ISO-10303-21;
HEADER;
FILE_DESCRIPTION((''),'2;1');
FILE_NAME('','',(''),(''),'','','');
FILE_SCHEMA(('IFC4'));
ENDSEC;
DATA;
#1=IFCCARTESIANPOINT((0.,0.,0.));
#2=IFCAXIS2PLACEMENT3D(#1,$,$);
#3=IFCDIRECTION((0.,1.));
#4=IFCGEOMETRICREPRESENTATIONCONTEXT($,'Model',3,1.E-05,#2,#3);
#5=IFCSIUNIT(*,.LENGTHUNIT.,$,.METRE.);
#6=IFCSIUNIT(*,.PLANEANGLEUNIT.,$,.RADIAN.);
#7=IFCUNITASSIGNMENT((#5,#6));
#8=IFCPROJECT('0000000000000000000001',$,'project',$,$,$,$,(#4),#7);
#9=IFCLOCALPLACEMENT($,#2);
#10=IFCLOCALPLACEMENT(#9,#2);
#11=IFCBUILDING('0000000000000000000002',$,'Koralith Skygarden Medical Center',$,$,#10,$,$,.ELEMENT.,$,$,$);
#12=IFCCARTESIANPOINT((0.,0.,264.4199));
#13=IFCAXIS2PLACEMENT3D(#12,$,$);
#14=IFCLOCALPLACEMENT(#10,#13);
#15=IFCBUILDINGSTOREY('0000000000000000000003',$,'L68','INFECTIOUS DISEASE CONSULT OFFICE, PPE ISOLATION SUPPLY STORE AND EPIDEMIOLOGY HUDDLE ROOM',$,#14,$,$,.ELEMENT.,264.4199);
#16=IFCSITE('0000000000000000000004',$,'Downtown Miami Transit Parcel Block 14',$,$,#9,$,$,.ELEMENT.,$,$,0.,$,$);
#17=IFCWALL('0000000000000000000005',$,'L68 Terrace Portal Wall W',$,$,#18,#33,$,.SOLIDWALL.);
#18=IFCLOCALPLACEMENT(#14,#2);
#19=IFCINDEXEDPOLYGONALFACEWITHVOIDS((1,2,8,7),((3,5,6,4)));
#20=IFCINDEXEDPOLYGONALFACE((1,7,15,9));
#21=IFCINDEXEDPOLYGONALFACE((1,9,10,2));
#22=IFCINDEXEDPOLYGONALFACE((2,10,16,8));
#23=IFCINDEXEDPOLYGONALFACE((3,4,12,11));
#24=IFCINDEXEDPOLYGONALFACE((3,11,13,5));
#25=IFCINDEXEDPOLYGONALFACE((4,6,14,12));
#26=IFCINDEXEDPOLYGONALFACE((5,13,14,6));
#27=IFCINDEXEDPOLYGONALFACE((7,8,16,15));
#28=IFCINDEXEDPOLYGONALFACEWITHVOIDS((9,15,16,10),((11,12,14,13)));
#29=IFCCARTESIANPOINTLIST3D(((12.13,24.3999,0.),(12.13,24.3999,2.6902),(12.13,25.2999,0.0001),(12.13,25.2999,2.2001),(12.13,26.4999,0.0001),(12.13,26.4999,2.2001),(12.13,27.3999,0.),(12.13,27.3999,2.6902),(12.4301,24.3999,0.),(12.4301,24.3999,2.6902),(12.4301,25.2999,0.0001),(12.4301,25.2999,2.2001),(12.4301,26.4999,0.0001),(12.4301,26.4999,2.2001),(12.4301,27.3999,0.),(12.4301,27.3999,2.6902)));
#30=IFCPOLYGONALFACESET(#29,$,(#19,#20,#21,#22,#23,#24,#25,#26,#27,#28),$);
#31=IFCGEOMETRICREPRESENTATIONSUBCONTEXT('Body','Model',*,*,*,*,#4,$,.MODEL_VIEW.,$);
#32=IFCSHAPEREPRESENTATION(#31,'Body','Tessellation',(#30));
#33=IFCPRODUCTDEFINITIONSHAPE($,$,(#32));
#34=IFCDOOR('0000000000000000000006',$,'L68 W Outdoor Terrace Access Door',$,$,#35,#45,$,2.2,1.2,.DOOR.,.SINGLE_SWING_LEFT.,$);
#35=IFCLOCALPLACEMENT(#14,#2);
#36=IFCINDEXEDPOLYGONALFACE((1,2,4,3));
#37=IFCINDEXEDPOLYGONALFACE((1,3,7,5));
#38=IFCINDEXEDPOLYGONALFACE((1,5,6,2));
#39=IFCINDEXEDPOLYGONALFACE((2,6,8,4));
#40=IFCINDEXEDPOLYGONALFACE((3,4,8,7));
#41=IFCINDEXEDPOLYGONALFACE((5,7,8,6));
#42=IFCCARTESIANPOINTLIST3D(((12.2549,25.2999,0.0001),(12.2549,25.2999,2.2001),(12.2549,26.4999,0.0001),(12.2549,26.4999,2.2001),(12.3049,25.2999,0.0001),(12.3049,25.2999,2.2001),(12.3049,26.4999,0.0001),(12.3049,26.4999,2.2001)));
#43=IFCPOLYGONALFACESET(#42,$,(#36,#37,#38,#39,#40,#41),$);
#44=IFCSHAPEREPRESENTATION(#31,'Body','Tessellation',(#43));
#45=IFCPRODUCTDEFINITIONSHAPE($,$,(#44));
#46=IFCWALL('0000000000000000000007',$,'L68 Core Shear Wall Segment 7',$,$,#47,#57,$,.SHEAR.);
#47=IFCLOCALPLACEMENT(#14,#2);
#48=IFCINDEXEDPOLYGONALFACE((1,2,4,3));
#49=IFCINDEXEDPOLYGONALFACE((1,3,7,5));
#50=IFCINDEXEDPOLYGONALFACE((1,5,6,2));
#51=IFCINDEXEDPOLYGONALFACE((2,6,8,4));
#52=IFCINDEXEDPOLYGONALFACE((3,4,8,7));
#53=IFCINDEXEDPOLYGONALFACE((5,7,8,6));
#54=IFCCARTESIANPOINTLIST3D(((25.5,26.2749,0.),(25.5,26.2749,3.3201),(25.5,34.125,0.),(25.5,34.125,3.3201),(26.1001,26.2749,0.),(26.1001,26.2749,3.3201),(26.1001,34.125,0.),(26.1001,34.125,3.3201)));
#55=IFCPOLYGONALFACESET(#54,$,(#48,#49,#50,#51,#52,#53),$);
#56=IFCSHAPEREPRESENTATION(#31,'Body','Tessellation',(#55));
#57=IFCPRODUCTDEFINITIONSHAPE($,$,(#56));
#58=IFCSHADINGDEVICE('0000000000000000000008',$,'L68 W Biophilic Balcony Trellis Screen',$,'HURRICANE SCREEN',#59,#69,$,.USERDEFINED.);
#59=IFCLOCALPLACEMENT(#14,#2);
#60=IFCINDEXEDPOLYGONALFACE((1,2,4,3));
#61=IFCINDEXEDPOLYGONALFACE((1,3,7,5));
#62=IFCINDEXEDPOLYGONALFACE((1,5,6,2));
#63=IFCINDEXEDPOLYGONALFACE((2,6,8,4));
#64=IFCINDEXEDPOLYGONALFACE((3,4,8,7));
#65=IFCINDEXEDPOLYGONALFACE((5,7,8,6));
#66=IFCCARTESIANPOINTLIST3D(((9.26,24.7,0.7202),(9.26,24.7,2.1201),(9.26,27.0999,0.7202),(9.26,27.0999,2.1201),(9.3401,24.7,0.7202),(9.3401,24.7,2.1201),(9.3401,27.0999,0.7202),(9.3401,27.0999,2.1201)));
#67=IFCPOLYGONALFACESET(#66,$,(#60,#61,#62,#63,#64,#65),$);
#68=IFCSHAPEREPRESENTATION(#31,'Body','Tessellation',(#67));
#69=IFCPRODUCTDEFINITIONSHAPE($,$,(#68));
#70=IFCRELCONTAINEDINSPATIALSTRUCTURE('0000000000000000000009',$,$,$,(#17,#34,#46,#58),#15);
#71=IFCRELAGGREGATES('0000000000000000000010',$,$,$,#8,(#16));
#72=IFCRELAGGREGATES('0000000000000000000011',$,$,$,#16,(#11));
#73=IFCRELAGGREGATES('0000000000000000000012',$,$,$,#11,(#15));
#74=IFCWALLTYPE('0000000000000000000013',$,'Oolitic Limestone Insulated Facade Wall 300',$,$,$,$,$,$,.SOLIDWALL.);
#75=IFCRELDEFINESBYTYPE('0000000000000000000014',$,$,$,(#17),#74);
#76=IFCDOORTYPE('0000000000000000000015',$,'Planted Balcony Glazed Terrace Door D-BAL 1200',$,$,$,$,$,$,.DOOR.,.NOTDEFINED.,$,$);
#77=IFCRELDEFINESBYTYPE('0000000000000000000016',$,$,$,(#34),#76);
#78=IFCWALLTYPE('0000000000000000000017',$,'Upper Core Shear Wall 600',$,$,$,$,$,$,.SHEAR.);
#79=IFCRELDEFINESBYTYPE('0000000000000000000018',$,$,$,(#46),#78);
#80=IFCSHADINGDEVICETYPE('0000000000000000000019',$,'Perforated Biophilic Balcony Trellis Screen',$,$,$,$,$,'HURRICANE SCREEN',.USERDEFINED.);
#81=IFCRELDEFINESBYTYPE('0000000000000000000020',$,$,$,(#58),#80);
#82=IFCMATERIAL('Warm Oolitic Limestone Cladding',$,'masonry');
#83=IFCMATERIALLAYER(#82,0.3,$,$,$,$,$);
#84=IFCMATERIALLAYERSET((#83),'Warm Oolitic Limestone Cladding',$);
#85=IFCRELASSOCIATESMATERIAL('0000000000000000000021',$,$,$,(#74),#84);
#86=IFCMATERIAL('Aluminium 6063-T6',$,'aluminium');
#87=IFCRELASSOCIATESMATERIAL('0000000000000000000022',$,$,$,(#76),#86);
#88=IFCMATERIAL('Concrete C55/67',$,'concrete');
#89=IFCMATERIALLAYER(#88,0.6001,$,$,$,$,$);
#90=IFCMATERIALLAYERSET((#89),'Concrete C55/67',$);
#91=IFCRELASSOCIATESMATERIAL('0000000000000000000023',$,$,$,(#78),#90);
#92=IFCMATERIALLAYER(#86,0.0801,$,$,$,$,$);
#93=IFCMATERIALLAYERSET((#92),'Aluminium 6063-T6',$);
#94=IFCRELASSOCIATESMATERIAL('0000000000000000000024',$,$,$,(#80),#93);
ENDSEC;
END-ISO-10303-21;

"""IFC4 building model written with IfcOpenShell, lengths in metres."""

from ifc_helpers import new_model, si_unit, direction, frame, frame_2d, origin, origin_2d, place, context, subcontext, project, spatial, rectangle, extrude, material, layer, layer_set, type_object, element, fill, save


model = new_model("IFC4")

# Units and contexts
model_context = context("Model", 3, precision=1e-05, world=origin(), true_north=direction((0.0, 1.0)))
body_context = subcontext(model_context, "Body", "Model", "MODEL_VIEW")
ifc_project = project(units=[si_unit("LENGTHUNIT", "METRE"), si_unit("PLANEANGLEUNIT", "RADIAN")], contexts=[model_context])

# Site, building, storey
site_placement = place(None, origin())
site = spatial("IfcSite", under=ifc_project, at=site_placement, Name="Downtown Miami Transit Parcel Block 14", CompositionType="ELEMENT", RefElevation=0.0)
building_placement = place(site_placement, origin())
building = spatial("IfcBuilding", under=site, at=building_placement, Name="Koralith Skygarden Medical Center", CompositionType="ELEMENT")
storey_placement = place(building_placement, frame((0.0, 0.0, 264.4199)))
storey = spatial("IfcBuildingStorey", under=building, at=storey_placement, Name="L68", Description="INFECTIOUS DISEASE CONSULT OFFICE, PPE ISOLATION SUPPLY STORE AND EPIDEMIOLOGY HUDDLE ROOM", CompositionType="ELEMENT", Elevation=264.4199)

# Shared definitions
ifc_material_1 = material(Name="Concrete C55/67", Category="concrete")

# Shared definitions
ifc_material_2 = material(Name="Aluminium 6063-T6", Category="aluminium")

# Wall, opening, door
ifc_material_3 = material(Name="Warm Oolitic Limestone Cladding", Category="masonry")
ifc_layer_1 = layer(ifc_material_3, 0.3)
ifc_layer_set_1 = layer_set([ifc_layer_1], Name="Warm Oolitic Limestone Cladding")
wall_type_1 = type_object("IfcWallType", Name="Oolitic Limestone Insulated Facade Wall 300", PredefinedType="SOLIDWALL", material=ifc_layer_set_1)
wall_1_placement = place(storey_placement, frame((12.28, 27.3999, 0.0), z_axis=(0.0, 0.0, 1.0), x_axis=(0.0, -1.0, 0.0)))
wall_1 = element("IfcWall", 1, at=wall_1_placement, inside=storey, type_object=wall_type_1, Name="L68 Terrace Portal Wall W", PredefinedType="SOLIDWALL", context=body_context, shape_type="SweptSolid", body=[
    extrude(rectangle(XDim=3.0, YDim=0.3, at=frame_2d((1.5, 0.0))), origin(), (0.0, 0.0, 1.0), 2.6902),
])
opening_1_placement = place(wall_1_placement, frame((0.8999, 0.0, 0.0)))
opening_1 = element("IfcOpeningElement", 2, at=opening_1_placement, cuts=wall_1, PredefinedType="OPENING", context=body_context, shape_type="SweptSolid", body=[
    extrude(rectangle(XDim=1.2, YDim=2.2, at=frame_2d((0.6001, 1.1001))), frame((0.0, 0.1599, 0.0), z_axis=(0.0, -1.0, 0.0), x_axis=(1.0, 0.0, 0.0)), (0.0, 0.0, 1.0), 0.3201),
])
door_type_1 = type_object("IfcDoorType", Name="Planted Balcony Glazed Terrace Door D-BAL 1200", OperationType="NOTDEFINED", PredefinedType="DOOR", material=ifc_material_2)
door_1_placement = place(opening_1_placement, origin())
door_1 = element("IfcDoor", 3, at=door_1_placement, inside=storey, type_object=door_type_1, Name="L68 W Outdoor Terrace Access Door", OperationType="SINGLE_SWING_LEFT", OverallHeight=2.2, OverallWidth=1.2, PredefinedType="DOOR", context=body_context, shape_type="SweptSolid", body=[
    extrude(rectangle(XDim=1.2, YDim=2.2, at=frame_2d((0.6001, 1.1001))), frame((0.0, 0.0249, 0.0), z_axis=(0.0, -1.0, 0.0), x_axis=(1.0, 0.0, 0.0)), (0.0, 0.0, 1.0), 0.05),
])
fill(opening_1, door_1)

# Wall
ifc_layer_2 = layer(ifc_material_1, 0.6001)
ifc_layer_set_2 = layer_set([ifc_layer_2], Name="Concrete C55/67")
wall_type_2 = type_object("IfcWallType", Name="Upper Core Shear Wall 600", PredefinedType="SHEAR", material=ifc_layer_set_2)
wall_2_placement = place(storey_placement, frame((25.8, 34.125, 0.0), z_axis=(0.0, 0.0, 1.0), x_axis=(0.0, -1.0, 0.0)))
element("IfcWall", 4, at=wall_2_placement, inside=storey, type_object=wall_type_2, Name="L68 Core Shear Wall Segment 7", PredefinedType="SHEAR", context=body_context, shape_type="SweptSolid", body=[
    extrude(rectangle(XDim=7.8501, YDim=0.6001, at=frame_2d((3.925, 0.0))), origin(), (0.0, 0.0, 1.0), 3.3201),
])

# Shading device
ifc_layer_3 = layer(ifc_material_2, 0.0801)
ifc_layer_set_3 = layer_set([ifc_layer_3], Name="Aluminium 6063-T6")
shading_device_type = type_object("IfcShadingDeviceType", Name="Perforated Biophilic Balcony Trellis Screen", ElementType="HURRICANE SCREEN", PredefinedType="USERDEFINED", material=ifc_layer_set_3)
shading_device_placement = place(storey_placement, frame((9.3, 25.8999, 0.7202), z_axis=(0.0, 0.0, 1.0), x_axis=(0.0, 1.0, 0.0)))
element("IfcShadingDevice", 5, at=shading_device_placement, inside=storey, type_object=shading_device_type, Name="L68 W Biophilic Balcony Trellis Screen", ObjectType="HURRICANE SCREEN", PredefinedType="USERDEFINED", context=body_context, shape_type="SweptSolid", body=[
    extrude(rectangle(XDim=2.3999, YDim=0.0801, at=origin_2d()), origin(), (0.0, 0.0, 1.0), 1.3999),
])

save(model, "model.ifc")
